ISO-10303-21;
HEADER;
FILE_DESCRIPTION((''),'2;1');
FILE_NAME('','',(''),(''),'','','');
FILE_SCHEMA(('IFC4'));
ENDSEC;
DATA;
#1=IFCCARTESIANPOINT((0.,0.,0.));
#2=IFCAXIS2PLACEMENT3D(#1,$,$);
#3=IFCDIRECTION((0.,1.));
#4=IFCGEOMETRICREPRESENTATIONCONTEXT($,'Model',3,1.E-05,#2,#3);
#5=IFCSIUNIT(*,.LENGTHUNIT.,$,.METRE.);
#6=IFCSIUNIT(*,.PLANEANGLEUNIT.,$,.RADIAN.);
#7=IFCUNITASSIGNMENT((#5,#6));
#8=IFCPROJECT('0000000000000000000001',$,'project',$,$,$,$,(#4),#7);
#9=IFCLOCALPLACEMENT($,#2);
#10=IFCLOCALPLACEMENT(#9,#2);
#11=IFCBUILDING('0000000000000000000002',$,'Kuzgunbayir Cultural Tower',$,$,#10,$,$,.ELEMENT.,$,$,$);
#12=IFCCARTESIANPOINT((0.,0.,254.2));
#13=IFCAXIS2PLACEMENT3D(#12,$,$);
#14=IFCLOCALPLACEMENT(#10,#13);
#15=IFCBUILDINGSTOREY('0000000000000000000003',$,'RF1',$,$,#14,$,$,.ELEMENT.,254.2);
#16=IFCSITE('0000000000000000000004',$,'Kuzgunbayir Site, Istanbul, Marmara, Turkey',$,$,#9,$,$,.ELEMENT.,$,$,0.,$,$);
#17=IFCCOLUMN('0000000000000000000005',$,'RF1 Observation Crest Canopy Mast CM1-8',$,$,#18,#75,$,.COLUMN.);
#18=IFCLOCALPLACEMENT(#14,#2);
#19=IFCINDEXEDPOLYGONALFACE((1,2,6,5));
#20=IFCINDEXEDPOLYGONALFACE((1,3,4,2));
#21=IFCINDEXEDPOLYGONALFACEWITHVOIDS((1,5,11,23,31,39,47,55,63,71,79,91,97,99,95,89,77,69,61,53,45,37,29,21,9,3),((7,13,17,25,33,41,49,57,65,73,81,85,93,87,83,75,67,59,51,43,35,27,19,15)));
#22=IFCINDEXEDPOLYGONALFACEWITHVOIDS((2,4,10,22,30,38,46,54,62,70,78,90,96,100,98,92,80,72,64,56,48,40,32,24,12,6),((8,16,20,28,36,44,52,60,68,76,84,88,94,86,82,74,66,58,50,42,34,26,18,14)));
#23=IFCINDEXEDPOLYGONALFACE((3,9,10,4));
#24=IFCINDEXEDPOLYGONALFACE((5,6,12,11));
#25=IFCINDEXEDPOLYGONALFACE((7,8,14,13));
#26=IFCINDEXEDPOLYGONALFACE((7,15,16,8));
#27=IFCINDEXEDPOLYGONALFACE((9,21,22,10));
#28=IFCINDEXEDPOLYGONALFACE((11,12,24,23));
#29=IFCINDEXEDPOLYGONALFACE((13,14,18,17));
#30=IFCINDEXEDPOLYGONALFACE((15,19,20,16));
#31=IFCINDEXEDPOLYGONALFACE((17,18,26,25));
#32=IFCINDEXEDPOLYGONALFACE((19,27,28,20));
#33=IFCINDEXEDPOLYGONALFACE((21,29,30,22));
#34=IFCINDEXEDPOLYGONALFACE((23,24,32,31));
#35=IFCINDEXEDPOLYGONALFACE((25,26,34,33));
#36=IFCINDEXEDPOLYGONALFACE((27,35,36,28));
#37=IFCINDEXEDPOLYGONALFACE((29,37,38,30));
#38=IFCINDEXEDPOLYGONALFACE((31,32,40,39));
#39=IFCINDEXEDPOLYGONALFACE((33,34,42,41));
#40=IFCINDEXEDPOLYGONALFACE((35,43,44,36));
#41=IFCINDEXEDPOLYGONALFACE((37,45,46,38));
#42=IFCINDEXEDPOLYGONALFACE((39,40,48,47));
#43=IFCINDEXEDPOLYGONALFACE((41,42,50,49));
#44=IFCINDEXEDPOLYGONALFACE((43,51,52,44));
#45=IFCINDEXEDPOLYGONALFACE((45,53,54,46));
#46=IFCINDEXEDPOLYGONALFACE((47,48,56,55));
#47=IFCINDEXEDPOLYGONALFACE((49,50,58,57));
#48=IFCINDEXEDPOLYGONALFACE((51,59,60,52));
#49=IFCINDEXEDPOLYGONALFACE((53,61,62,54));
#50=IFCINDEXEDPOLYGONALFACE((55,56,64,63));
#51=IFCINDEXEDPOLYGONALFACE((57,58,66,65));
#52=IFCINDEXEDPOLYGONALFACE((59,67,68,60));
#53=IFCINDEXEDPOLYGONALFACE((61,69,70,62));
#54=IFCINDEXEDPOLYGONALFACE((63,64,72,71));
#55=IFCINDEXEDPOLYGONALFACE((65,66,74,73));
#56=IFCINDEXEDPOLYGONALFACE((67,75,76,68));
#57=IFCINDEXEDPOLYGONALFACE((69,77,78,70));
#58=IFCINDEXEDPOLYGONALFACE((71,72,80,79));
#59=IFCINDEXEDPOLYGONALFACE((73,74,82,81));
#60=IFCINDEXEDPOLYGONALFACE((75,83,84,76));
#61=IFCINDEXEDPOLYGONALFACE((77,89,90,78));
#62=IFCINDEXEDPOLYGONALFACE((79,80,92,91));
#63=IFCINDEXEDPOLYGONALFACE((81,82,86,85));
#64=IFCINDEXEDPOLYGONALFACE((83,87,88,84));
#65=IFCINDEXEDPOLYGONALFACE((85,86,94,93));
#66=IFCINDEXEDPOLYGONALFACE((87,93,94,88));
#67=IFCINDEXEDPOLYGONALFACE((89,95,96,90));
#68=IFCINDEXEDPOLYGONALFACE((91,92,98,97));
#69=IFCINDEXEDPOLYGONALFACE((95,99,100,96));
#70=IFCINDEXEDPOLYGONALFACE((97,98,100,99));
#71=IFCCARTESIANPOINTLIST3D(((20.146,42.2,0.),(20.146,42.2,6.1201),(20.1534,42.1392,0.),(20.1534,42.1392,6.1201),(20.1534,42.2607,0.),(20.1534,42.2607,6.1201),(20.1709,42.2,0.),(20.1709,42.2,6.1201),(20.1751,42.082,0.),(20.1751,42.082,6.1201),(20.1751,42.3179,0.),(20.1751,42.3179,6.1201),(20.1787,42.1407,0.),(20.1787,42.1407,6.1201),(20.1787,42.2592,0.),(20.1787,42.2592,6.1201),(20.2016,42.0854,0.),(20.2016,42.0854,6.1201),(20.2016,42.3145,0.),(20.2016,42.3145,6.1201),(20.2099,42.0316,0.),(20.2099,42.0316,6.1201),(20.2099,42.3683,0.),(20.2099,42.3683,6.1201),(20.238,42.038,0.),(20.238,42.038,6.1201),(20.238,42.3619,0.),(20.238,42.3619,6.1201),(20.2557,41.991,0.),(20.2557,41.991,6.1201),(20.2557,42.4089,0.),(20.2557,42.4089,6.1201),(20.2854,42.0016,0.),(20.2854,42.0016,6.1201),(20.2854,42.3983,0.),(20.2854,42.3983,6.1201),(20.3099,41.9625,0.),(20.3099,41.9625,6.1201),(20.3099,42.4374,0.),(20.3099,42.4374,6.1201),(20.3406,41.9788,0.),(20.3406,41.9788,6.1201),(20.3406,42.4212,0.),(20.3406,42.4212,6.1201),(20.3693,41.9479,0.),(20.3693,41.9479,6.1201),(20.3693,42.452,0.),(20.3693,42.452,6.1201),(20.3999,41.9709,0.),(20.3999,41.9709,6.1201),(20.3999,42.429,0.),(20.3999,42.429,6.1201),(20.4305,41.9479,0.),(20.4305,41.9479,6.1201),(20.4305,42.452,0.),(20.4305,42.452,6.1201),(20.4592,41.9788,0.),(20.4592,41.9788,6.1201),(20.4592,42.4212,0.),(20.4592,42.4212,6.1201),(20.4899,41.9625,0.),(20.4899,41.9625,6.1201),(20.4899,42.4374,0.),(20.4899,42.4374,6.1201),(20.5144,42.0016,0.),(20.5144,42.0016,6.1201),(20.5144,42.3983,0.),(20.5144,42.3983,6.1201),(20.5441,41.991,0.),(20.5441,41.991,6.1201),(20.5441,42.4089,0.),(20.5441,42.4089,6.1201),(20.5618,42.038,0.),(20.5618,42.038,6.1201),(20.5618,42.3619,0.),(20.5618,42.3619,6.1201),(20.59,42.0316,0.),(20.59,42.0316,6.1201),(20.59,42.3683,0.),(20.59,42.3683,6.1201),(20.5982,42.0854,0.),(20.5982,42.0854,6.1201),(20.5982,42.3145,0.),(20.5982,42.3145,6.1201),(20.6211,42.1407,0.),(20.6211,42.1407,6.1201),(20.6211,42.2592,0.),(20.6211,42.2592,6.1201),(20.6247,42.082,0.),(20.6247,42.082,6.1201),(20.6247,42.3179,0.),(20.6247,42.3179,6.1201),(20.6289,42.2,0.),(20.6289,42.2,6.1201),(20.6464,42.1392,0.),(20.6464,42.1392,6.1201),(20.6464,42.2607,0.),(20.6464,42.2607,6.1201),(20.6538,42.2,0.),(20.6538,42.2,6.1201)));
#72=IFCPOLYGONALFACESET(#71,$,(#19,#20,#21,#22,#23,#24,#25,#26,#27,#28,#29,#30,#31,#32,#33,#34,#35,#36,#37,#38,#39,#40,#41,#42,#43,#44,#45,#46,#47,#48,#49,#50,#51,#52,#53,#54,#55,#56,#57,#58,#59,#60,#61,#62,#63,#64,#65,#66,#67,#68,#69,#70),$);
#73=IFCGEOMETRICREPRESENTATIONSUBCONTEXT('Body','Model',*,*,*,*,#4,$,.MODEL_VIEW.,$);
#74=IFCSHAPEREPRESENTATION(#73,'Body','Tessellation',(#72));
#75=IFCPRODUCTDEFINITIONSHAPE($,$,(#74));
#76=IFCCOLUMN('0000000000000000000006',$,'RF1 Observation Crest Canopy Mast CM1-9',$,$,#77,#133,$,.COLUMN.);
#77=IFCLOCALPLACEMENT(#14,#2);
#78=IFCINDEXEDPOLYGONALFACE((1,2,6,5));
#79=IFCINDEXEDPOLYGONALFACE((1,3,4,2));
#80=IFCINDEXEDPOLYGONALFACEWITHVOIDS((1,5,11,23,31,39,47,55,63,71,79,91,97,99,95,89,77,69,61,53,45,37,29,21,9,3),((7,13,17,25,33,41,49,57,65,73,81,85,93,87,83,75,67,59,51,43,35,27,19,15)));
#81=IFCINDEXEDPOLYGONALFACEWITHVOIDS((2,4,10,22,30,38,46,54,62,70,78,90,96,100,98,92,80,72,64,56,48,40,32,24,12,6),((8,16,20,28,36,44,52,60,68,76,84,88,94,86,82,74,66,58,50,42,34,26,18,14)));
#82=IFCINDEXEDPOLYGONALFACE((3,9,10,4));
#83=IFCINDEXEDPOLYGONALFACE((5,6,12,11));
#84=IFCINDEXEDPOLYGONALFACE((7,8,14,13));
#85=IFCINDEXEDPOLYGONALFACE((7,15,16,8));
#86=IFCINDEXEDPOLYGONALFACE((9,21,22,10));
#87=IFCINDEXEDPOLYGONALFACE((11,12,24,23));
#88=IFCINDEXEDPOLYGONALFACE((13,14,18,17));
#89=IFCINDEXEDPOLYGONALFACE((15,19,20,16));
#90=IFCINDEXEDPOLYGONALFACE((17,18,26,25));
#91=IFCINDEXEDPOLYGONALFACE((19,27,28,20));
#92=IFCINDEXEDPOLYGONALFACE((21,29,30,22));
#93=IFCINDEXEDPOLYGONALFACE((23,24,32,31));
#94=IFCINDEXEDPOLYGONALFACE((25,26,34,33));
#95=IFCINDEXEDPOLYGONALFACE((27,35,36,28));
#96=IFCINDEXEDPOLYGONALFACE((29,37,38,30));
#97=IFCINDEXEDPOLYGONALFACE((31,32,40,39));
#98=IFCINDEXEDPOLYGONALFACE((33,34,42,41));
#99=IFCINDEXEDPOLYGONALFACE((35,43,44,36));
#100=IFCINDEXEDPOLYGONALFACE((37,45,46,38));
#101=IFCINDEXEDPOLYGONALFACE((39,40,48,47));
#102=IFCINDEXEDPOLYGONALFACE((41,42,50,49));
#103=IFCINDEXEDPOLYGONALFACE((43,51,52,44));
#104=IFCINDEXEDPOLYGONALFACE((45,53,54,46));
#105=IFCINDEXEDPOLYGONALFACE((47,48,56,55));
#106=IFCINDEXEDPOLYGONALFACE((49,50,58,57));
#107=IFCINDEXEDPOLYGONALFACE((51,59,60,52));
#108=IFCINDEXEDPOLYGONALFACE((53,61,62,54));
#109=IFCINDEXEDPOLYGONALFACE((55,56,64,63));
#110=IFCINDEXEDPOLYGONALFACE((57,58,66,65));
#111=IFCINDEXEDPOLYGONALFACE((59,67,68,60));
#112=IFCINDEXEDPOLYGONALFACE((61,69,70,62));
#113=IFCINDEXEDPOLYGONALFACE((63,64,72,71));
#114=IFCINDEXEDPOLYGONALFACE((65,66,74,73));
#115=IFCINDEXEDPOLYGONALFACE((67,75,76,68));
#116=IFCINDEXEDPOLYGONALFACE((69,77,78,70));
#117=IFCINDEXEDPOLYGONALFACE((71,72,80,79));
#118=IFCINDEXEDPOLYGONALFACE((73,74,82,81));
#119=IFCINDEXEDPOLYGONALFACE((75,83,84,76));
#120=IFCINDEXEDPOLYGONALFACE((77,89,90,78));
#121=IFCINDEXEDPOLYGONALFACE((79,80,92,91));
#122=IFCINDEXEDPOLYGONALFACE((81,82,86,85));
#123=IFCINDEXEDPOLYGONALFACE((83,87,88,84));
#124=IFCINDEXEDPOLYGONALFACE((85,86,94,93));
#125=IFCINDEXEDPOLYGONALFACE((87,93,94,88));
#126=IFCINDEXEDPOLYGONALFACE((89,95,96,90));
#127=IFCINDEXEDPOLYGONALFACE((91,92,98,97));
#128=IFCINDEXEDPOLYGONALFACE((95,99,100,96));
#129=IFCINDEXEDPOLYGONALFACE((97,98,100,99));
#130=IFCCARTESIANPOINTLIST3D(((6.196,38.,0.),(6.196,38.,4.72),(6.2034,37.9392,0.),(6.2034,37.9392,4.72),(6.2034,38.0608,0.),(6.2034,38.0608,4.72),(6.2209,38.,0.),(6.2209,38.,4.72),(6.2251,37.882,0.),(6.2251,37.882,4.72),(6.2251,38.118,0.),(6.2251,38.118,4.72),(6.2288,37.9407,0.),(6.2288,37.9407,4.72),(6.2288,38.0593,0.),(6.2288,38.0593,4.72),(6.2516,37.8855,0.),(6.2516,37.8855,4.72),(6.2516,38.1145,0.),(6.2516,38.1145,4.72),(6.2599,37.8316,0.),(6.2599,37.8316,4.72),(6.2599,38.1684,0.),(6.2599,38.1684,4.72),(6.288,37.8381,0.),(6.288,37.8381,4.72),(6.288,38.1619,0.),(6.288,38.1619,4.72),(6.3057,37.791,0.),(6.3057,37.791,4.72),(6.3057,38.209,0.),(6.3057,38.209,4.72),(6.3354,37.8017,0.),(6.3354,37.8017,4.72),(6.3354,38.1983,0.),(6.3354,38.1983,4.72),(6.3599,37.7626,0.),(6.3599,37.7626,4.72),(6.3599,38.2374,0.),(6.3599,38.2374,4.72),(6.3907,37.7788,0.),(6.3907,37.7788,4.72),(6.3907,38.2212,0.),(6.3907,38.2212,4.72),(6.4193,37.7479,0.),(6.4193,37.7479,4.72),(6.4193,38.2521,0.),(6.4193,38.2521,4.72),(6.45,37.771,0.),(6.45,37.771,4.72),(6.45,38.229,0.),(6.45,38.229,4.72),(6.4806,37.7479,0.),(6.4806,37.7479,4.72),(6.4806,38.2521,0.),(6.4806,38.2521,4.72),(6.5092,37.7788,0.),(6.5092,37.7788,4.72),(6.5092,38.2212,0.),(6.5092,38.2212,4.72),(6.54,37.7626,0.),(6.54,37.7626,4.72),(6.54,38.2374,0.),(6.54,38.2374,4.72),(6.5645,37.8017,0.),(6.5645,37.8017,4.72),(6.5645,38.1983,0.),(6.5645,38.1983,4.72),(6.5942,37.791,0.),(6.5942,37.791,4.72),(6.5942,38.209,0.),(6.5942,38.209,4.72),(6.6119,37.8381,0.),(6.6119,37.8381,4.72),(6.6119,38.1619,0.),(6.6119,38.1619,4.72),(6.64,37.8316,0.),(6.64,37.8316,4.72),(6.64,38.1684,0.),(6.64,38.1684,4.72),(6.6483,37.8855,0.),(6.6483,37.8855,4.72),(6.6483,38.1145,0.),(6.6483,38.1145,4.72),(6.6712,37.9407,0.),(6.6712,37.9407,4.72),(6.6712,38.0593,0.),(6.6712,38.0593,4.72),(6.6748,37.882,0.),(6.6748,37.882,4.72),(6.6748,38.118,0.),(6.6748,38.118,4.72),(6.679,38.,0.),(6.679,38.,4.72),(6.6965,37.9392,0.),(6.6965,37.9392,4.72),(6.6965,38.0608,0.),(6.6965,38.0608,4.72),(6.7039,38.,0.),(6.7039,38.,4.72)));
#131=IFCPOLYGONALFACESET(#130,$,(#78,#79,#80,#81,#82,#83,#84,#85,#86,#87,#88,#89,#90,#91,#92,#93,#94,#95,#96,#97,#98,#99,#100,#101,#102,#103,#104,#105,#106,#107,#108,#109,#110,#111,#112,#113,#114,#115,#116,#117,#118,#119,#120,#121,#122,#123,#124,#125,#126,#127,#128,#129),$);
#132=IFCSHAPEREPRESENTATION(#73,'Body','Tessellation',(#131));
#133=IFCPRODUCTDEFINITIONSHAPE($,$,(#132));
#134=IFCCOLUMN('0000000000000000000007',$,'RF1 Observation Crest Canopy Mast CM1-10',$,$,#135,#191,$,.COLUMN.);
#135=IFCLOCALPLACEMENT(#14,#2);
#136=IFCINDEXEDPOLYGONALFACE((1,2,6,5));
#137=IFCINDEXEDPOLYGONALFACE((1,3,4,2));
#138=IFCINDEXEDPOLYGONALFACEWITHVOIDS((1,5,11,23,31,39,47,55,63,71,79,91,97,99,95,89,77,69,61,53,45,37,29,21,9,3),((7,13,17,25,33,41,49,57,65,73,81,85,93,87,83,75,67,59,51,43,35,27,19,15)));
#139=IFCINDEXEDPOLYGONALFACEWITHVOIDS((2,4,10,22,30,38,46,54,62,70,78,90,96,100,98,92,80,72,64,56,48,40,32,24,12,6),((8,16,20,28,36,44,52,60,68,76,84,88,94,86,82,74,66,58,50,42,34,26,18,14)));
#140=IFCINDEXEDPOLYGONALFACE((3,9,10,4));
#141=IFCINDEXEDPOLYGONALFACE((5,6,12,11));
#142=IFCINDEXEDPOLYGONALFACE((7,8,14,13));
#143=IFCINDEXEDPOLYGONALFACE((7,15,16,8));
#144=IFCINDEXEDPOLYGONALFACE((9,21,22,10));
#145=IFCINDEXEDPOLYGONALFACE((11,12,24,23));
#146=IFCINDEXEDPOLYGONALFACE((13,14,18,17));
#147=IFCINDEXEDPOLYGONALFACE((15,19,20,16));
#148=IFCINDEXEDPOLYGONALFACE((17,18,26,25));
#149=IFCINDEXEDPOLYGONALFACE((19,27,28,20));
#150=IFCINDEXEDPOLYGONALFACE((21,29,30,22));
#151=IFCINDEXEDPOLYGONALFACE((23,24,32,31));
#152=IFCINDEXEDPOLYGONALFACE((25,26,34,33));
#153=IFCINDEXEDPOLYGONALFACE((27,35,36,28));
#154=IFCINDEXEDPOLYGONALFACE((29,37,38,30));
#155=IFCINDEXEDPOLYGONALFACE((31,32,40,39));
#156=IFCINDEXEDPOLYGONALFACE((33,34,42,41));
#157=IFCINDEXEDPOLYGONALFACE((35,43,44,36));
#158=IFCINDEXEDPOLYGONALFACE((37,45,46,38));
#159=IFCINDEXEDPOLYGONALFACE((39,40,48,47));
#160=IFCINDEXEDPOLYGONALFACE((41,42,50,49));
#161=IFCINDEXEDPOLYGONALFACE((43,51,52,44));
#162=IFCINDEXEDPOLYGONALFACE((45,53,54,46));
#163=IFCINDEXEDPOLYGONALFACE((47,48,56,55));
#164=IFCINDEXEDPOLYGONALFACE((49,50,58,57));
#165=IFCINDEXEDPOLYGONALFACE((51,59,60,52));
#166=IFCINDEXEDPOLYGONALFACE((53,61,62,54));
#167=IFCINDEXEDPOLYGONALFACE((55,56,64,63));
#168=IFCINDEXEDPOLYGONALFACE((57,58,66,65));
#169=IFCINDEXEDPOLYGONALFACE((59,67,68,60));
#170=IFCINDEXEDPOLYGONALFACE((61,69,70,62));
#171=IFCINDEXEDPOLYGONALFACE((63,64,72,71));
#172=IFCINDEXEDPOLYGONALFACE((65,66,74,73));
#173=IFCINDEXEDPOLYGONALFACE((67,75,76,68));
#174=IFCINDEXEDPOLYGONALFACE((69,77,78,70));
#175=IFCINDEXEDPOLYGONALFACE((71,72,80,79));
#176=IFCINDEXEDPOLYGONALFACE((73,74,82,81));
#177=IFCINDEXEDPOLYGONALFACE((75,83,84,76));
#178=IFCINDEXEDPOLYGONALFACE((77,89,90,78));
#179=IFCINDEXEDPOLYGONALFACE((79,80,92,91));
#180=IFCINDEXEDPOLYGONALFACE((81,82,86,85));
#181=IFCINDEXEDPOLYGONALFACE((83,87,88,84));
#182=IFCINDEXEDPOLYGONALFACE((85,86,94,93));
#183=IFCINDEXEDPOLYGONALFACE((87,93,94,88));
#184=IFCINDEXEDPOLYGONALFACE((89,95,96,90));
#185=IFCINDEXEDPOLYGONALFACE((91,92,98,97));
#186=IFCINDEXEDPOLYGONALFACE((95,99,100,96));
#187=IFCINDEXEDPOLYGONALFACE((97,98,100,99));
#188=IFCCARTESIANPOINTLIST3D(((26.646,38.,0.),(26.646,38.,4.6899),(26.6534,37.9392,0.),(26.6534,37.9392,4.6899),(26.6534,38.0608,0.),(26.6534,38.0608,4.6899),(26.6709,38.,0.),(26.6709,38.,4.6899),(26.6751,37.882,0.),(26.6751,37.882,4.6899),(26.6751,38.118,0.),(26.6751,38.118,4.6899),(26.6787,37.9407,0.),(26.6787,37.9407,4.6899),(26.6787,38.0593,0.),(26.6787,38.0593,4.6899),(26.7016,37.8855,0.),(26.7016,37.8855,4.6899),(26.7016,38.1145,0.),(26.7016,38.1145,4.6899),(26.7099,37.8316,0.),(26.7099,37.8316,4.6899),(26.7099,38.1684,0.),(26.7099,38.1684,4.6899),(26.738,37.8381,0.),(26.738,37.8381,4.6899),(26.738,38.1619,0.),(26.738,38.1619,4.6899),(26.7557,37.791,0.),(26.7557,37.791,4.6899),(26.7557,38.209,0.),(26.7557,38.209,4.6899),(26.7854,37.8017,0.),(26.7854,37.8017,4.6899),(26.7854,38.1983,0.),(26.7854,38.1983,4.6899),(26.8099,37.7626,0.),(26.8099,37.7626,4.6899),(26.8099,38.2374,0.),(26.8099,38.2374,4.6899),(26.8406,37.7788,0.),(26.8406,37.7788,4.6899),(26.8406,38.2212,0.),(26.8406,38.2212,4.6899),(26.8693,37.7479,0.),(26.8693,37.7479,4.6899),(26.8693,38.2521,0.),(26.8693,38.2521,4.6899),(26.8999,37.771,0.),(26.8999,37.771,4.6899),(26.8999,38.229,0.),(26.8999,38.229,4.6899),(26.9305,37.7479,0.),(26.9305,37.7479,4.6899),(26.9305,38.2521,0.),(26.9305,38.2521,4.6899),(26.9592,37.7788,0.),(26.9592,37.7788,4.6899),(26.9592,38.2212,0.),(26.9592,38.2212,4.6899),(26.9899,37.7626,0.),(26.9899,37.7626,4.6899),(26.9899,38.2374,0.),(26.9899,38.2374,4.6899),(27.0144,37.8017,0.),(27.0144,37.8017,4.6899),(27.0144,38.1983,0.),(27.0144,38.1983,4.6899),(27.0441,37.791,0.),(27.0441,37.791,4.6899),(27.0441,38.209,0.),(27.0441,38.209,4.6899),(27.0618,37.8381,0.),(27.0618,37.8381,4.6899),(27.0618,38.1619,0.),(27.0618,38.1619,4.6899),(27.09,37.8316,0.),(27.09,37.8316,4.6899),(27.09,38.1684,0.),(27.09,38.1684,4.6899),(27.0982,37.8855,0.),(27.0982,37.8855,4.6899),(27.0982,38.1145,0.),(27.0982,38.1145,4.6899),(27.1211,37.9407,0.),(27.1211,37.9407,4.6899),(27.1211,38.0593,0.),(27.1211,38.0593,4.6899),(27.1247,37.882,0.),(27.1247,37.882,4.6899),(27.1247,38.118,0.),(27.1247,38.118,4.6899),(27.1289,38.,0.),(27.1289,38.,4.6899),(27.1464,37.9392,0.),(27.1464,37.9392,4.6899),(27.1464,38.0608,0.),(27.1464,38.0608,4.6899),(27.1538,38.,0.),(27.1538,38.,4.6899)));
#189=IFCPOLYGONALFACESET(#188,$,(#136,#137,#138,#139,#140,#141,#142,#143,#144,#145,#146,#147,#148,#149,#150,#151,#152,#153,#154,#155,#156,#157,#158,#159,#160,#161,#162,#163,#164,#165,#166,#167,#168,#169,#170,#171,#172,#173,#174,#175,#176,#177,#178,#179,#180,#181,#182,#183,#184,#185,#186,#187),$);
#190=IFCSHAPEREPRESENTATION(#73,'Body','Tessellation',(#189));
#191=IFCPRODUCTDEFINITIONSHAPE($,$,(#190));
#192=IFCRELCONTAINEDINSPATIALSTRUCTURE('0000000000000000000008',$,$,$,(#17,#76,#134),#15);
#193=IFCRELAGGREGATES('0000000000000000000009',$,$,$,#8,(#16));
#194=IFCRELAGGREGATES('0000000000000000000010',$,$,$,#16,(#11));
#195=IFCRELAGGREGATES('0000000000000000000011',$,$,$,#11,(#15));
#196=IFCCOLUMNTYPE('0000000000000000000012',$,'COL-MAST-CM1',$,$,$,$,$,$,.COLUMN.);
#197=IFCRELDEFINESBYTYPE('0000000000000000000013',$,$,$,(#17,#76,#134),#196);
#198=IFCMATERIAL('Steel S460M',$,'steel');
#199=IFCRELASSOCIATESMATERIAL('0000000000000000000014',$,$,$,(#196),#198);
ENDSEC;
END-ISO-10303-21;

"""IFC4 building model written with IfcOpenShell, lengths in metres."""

from ifc_helpers import new_model, si_unit, direction, frame, origin, origin_2d, place, context, subcontext, project, spatial, hollow_circle, extrude, material, material_profile, profile_set, type_object, element, save


model = new_model("IFC4")

# Units and contexts
model_context = context("Model", 3, precision=1e-05, world=origin(), true_north=direction((0.0, 1.0)))
body_context = subcontext(model_context, "Body", "Model", "MODEL_VIEW")
ifc_project = project(units=[si_unit("LENGTHUNIT", "METRE"), si_unit("PLANEANGLEUNIT", "RADIAN")], contexts=[model_context])

# Site, building, storey
site_placement = place(None, origin())
site = spatial("IfcSite", under=ifc_project, at=site_placement, Name="Kuzgunbayir Site, Istanbul, Marmara, Turkey", CompositionType="ELEMENT", RefElevation=0.0)
building_placement = place(site_placement, origin())
building = spatial("IfcBuilding", under=site, at=building_placement, Name="Kuzgunbayir Cultural Tower", CompositionType="ELEMENT")
storey_placement = place(building_placement, frame((0.0, 0.0, 254.2)))
storey = spatial("IfcBuildingStorey", under=building, at=storey_placement, Name="RF1", CompositionType="ELEMENT", Elevation=254.2)

# Columns
ifc_material_1 = material(Name="Steel S460M", Category="steel")
ifc_material_profile_1 = material_profile(ifc_material_1, hollow_circle(Radius=0.2539, WallThickness=0.0249, at=origin_2d()), Name="CHS 508x25")
ifc_profile_set_1 = profile_set([ifc_material_profile_1], Name="Steel S460M")
column_type = type_object("IfcColumnType", Name="COL-MAST-CM1", PredefinedType="COLUMN", material=ifc_profile_set_1)
column_1_placement = place(storey_placement, frame((20.3999, 42.2, 0.0), z_axis=(0.0, 0.0, 1.0), x_axis=(1.0, 0.0, 0.0)))
element("IfcColumn", 1, at=column_1_placement, inside=storey, type_object=column_type, Name="RF1 Observation Crest Canopy Mast CM1-8", PredefinedType="COLUMN", context=body_context, shape_type="SweptSolid", body=[
    extrude(hollow_circle(Radius=0.2539, WallThickness=0.0249, at=origin_2d()), origin(), (0.0, 0.0, 1.0), 6.1201),
])
column_2_placement = place(storey_placement, frame((6.45, 38.0, 0.0), z_axis=(0.0, 0.0, 1.0), x_axis=(1.0, 0.0, 0.0)))
element("IfcColumn", 2, at=column_2_placement, inside=storey, type_object=column_type, Name="RF1 Observation Crest Canopy Mast CM1-9", PredefinedType="COLUMN", context=body_context, shape_type="SweptSolid", body=[
    extrude(hollow_circle(Radius=0.2539, WallThickness=0.0249, at=origin_2d()), origin(), (0.0, 0.0, 1.0), 4.72),
])
column_3_placement = place(storey_placement, frame((26.8999, 38.0, 0.0), z_axis=(0.0, 0.0, 1.0), x_axis=(1.0, 0.0, 0.0)))
element("IfcColumn", 3, at=column_3_placement, inside=storey, type_object=column_type, Name="RF1 Observation Crest Canopy Mast CM1-10", PredefinedType="COLUMN", context=body_context, shape_type="SweptSolid", body=[
    extrude(hollow_circle(Radius=0.2539, WallThickness=0.0249, at=origin_2d()), origin(), (0.0, 0.0, 1.0), 4.6899),
])

save(model, "model.ifc")
